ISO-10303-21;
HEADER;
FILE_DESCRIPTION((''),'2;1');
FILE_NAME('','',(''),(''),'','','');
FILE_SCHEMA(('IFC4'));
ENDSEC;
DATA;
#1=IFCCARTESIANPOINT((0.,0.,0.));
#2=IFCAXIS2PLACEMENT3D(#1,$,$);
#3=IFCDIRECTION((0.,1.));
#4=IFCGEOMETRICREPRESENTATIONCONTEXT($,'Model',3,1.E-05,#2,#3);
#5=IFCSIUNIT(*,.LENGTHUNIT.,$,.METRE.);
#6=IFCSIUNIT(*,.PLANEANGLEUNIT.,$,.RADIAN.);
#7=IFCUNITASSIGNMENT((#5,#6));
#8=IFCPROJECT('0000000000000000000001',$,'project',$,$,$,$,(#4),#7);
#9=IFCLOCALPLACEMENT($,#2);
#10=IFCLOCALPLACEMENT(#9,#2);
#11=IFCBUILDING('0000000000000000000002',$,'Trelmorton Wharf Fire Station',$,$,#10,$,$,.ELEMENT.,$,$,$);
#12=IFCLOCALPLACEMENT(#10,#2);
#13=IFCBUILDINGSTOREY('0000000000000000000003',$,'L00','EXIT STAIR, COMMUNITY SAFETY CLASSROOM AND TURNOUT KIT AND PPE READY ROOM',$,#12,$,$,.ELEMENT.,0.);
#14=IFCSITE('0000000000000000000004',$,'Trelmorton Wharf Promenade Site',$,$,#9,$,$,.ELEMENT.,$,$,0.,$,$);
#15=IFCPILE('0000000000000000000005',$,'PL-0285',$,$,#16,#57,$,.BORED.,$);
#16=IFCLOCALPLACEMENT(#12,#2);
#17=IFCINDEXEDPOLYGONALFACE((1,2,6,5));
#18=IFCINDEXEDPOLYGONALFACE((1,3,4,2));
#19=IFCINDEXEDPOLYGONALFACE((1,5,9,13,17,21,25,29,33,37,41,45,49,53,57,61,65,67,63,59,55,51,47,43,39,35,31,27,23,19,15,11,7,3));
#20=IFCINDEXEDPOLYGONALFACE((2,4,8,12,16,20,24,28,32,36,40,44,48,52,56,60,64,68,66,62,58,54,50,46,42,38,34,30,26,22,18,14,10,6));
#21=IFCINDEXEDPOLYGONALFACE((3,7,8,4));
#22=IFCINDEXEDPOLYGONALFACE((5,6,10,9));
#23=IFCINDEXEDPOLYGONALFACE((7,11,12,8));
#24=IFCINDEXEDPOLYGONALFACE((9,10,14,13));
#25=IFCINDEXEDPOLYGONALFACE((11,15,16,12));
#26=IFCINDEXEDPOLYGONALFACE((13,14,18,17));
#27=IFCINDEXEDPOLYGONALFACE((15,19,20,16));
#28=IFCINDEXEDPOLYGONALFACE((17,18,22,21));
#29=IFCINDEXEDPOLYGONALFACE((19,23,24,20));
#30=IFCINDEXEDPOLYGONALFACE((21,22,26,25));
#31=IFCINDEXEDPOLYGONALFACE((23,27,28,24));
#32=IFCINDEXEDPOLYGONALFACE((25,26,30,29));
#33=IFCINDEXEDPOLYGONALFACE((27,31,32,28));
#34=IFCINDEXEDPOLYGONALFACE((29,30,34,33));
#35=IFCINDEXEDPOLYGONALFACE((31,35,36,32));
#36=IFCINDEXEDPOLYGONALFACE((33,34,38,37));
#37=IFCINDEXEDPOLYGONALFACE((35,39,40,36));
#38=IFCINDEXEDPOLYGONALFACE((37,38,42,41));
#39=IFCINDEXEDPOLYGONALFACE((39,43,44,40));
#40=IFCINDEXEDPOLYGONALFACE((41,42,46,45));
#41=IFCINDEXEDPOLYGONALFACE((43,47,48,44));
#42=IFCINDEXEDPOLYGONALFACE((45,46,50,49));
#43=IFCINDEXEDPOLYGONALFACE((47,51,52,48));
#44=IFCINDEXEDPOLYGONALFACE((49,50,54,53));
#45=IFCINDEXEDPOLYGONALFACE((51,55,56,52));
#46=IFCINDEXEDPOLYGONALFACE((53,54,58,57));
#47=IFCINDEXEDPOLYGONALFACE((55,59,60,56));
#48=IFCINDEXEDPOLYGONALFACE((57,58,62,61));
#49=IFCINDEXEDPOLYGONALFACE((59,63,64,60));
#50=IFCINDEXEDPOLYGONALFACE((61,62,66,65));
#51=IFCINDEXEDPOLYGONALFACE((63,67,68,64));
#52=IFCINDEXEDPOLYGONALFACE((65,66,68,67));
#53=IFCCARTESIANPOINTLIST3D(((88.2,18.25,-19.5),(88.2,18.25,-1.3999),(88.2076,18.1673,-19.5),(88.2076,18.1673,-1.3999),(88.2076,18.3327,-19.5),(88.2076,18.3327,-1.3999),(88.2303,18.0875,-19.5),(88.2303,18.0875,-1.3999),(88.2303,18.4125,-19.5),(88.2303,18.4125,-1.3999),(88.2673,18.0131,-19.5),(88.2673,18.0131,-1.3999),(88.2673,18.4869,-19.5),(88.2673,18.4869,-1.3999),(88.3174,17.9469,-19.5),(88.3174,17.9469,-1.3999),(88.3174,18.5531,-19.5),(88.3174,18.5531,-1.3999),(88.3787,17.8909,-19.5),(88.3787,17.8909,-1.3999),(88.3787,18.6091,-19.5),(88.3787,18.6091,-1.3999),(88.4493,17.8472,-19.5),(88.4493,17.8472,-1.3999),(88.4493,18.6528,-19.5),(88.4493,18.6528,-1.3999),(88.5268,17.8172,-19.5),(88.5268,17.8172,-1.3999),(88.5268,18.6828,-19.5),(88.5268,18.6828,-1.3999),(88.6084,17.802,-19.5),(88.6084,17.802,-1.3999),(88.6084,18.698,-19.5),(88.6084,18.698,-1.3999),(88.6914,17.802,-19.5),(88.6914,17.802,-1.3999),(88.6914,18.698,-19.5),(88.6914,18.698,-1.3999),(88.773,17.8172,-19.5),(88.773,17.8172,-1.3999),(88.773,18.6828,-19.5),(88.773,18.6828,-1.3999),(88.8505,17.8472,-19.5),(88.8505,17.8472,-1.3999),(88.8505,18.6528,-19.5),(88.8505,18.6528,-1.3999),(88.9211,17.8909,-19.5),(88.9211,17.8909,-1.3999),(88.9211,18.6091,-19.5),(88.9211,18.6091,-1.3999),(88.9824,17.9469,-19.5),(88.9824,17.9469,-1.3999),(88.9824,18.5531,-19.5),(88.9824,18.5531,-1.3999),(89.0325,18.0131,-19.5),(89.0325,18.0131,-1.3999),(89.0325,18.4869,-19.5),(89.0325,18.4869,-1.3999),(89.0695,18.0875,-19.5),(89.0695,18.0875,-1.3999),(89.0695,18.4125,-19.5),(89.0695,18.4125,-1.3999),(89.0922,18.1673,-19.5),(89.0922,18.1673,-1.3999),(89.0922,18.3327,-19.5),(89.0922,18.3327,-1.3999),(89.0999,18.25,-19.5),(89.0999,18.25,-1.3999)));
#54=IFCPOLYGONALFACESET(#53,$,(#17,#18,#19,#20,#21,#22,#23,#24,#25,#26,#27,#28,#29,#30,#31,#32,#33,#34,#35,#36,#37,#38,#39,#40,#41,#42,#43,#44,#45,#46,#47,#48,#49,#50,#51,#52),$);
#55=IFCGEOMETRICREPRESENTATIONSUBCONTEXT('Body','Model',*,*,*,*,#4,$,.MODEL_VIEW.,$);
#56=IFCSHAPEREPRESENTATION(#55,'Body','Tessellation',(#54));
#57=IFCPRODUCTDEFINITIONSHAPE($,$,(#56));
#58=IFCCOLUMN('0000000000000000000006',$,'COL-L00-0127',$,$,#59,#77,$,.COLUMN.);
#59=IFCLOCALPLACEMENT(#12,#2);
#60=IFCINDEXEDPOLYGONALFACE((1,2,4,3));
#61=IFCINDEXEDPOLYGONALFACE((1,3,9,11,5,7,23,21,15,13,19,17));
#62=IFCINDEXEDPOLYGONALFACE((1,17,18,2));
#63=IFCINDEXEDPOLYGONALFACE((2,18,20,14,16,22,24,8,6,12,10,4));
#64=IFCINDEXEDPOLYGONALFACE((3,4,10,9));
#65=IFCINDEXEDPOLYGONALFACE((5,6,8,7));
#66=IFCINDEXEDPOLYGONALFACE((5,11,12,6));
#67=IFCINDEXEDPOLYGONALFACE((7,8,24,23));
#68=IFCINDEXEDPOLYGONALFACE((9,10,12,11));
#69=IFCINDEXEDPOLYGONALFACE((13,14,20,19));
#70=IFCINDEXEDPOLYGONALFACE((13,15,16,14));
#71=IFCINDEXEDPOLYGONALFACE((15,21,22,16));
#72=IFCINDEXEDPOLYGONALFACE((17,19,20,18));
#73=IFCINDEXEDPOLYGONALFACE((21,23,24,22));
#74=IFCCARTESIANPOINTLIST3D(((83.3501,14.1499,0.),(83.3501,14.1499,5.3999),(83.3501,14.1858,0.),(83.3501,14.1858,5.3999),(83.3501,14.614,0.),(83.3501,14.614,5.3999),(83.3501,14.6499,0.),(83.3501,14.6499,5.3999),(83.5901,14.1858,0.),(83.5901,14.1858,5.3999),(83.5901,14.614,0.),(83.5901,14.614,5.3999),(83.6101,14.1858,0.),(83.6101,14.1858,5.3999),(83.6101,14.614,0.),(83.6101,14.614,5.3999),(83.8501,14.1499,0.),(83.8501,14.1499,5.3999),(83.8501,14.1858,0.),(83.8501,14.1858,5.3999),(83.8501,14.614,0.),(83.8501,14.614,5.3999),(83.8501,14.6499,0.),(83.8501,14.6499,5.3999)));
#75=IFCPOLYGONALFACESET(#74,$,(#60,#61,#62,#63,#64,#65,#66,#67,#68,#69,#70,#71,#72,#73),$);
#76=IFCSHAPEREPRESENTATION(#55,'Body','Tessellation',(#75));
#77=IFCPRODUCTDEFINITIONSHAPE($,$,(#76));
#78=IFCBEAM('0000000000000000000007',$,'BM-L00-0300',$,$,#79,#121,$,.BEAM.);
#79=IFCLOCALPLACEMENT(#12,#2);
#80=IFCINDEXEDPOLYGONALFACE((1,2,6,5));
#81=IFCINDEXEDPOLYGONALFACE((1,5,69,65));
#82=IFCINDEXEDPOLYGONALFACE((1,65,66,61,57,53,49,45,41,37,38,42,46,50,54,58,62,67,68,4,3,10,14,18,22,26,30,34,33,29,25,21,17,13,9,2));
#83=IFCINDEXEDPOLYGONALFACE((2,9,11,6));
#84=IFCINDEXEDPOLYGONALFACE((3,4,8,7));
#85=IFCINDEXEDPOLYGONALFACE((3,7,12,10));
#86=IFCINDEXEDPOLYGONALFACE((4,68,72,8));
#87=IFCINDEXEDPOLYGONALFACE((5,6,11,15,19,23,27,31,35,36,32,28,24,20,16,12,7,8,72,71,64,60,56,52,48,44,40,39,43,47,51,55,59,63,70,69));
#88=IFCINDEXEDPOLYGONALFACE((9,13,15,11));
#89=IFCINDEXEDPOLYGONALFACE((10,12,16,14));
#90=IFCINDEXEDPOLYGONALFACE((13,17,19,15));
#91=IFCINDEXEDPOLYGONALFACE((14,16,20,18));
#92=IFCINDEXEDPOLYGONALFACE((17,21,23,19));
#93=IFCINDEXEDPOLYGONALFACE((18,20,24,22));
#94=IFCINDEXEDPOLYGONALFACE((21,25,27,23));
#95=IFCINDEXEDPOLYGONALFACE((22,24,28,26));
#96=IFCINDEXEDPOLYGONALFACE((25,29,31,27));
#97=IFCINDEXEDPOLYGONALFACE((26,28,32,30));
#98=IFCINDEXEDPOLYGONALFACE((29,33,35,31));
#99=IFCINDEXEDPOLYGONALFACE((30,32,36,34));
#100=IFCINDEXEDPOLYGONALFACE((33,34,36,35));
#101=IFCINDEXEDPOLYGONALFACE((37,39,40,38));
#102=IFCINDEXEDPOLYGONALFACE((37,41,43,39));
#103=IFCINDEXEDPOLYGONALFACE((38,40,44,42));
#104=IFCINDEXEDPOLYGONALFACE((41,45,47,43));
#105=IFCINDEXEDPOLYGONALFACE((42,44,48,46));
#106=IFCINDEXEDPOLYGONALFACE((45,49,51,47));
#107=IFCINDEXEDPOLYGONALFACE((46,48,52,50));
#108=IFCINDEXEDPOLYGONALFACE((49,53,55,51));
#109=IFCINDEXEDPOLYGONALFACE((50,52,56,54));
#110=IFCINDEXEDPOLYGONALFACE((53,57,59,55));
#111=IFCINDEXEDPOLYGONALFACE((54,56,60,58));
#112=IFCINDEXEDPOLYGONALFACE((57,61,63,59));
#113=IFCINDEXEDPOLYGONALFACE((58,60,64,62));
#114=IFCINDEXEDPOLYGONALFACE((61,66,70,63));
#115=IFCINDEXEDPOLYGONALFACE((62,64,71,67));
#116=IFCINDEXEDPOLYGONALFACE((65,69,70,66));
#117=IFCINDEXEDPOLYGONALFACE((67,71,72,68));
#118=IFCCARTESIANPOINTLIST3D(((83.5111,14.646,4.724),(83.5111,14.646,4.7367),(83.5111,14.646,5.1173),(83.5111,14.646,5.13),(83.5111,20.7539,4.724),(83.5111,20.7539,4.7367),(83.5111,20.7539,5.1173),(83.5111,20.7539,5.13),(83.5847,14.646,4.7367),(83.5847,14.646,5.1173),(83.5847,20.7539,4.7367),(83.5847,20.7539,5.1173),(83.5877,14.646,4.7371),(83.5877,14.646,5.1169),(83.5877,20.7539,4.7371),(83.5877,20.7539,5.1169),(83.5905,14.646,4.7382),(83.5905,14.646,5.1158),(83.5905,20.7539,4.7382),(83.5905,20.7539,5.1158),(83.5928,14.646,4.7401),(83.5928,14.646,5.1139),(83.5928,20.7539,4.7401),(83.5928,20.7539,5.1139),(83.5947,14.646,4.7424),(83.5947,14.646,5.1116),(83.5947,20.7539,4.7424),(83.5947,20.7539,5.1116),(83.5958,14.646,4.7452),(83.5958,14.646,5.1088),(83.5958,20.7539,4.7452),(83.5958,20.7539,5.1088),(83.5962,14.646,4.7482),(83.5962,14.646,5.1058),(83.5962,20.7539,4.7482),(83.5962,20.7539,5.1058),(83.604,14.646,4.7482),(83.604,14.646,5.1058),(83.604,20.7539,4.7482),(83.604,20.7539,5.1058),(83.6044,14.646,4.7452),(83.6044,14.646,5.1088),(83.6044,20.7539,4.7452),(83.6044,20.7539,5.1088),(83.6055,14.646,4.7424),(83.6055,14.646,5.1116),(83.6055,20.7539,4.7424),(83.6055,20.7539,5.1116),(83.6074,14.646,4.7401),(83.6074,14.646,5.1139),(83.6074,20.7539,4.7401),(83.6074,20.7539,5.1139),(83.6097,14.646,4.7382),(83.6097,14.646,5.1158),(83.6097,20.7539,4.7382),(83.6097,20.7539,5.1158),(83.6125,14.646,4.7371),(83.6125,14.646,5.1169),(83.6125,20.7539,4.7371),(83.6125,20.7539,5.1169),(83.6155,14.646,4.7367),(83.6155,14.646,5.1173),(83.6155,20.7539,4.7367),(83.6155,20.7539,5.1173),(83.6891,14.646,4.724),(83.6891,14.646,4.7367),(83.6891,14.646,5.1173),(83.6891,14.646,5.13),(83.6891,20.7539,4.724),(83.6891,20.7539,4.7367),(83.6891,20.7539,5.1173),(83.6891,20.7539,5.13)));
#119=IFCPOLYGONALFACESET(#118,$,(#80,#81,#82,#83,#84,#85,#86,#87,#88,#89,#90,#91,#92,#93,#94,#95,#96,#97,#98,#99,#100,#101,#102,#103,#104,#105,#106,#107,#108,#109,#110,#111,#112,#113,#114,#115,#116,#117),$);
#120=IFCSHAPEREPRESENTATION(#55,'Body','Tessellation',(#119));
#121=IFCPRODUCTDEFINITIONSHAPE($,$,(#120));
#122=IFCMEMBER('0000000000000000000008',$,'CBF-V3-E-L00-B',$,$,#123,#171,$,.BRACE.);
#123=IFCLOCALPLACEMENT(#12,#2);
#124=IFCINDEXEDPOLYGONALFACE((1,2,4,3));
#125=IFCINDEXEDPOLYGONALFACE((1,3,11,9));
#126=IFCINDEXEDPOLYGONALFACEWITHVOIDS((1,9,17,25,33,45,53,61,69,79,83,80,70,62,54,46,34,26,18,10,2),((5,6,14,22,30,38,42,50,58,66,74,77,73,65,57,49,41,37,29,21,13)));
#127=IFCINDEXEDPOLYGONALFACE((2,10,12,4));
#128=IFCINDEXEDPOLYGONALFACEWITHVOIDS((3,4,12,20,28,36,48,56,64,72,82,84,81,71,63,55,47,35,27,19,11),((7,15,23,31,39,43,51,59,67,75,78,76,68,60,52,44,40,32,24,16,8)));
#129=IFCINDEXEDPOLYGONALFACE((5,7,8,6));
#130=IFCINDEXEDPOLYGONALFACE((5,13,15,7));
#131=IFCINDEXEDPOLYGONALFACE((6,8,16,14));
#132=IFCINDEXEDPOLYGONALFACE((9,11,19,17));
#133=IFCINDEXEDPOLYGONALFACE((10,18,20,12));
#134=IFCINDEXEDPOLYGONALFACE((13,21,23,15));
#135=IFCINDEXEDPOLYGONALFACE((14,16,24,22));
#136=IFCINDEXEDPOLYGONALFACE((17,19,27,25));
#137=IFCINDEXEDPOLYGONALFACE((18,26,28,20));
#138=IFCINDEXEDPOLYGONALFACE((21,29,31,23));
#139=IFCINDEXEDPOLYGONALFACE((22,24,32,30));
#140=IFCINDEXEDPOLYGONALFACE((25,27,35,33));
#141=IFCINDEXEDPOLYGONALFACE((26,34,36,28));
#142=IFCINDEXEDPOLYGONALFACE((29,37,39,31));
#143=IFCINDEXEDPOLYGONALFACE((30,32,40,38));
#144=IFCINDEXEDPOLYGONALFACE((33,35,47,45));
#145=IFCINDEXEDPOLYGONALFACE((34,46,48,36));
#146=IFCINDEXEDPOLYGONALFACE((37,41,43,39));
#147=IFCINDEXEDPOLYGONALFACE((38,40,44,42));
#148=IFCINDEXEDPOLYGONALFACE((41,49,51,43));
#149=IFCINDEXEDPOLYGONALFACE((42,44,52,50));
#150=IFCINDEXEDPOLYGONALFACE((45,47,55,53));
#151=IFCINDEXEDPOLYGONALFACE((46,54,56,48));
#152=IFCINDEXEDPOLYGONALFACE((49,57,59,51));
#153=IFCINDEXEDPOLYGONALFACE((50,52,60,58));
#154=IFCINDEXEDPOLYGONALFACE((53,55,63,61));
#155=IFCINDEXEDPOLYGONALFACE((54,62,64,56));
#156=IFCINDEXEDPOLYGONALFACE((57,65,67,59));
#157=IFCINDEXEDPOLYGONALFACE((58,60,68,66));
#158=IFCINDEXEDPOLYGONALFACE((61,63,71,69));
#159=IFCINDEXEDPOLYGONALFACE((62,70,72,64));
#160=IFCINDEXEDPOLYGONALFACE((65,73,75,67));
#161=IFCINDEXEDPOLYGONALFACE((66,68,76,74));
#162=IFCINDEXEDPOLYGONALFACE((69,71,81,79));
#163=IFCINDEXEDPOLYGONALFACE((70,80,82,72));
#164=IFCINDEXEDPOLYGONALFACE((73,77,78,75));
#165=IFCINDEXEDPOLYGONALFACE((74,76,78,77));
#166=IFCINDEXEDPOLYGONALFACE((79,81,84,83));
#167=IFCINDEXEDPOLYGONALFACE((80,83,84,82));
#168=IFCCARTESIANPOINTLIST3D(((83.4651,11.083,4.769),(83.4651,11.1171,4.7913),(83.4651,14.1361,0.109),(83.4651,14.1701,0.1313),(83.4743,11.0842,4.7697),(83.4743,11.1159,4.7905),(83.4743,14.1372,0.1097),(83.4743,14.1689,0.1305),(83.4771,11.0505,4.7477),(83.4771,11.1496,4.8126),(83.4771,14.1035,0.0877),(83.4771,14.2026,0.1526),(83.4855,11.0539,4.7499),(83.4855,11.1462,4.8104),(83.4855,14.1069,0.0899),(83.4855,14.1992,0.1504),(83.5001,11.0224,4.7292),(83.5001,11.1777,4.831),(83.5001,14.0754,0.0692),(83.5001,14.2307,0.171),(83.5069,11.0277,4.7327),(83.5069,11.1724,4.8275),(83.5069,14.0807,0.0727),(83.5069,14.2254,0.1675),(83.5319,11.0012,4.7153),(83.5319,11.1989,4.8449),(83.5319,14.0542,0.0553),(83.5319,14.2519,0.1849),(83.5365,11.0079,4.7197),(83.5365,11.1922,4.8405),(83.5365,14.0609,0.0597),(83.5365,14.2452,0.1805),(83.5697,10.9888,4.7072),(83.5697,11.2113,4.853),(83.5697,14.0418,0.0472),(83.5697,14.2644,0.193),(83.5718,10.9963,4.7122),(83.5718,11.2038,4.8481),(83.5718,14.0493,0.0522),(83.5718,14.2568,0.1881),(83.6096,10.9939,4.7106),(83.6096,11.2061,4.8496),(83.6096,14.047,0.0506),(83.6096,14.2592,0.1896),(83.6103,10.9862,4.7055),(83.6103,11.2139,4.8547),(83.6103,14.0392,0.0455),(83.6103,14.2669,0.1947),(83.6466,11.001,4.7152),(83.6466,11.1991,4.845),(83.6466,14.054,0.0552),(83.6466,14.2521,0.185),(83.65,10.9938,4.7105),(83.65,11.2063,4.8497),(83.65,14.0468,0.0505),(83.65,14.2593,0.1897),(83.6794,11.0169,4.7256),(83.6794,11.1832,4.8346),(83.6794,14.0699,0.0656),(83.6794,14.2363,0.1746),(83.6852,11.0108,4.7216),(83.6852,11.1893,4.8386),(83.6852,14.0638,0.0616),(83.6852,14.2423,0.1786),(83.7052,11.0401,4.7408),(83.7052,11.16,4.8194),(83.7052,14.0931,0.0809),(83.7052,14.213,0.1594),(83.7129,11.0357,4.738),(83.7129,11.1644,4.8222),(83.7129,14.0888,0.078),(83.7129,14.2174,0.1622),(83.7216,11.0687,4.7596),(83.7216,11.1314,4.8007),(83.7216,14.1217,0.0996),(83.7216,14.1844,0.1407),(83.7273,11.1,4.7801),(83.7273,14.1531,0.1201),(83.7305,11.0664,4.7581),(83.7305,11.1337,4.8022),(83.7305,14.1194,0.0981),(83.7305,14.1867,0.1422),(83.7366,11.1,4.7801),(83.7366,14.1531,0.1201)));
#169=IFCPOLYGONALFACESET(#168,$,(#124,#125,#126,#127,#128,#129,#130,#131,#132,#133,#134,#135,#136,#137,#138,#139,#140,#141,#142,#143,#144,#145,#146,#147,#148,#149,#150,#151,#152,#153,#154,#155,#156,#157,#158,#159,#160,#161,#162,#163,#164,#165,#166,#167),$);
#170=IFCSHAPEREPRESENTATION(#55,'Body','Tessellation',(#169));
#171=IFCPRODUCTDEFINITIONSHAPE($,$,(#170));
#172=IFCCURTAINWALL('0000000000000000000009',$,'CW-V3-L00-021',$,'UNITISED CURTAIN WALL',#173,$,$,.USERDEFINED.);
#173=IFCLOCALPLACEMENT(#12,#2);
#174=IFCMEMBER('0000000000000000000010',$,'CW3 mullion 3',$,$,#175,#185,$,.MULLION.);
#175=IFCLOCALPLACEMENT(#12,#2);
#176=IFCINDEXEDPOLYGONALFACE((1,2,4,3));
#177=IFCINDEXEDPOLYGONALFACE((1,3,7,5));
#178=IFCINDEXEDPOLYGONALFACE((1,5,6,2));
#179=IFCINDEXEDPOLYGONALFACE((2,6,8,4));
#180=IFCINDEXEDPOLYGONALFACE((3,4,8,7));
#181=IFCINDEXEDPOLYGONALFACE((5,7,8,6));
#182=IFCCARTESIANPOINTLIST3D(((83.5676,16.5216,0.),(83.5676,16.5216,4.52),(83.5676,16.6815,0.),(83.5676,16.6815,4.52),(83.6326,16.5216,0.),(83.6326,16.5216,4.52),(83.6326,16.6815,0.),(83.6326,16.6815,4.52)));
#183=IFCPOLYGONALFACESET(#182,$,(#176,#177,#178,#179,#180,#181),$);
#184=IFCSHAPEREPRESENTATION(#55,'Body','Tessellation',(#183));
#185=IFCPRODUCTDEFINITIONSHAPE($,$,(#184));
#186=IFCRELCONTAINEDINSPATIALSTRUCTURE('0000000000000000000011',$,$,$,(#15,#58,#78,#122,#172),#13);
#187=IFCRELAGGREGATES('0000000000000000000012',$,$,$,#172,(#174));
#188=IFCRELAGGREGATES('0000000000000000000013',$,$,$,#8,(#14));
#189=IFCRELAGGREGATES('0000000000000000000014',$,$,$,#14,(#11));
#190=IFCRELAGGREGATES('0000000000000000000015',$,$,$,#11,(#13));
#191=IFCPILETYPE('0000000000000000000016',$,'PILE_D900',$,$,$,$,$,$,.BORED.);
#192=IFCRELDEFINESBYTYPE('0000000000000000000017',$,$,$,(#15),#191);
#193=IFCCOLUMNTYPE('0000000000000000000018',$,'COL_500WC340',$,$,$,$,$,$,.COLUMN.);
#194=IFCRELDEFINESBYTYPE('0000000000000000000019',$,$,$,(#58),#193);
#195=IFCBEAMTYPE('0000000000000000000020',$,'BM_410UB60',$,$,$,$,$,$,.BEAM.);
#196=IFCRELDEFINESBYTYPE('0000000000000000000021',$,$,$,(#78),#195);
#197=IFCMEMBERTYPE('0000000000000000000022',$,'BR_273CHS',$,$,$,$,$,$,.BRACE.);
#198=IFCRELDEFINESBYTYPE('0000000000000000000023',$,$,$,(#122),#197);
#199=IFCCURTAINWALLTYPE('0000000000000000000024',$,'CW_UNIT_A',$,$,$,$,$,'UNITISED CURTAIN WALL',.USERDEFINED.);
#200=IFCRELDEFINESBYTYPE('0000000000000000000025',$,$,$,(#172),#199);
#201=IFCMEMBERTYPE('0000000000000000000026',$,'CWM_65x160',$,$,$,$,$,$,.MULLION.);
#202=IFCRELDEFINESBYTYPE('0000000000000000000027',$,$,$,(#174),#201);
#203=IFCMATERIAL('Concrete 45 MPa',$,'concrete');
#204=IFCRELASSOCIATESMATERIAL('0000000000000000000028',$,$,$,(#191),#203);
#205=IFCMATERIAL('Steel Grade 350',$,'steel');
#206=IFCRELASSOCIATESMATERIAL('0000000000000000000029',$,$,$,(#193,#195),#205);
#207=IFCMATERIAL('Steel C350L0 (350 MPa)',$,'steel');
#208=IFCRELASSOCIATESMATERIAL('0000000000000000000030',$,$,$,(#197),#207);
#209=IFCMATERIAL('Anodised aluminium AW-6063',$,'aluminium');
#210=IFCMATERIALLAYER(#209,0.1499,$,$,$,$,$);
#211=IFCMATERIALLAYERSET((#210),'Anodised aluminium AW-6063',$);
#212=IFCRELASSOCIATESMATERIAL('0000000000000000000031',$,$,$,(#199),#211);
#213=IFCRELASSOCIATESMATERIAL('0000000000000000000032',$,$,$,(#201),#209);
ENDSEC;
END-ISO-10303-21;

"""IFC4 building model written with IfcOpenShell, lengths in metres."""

from ifc_helpers import new_model, si_unit, direction, frame, origin, origin_2d, place, context, subcontext, project, spatial, rectangle, circle, hollow_circle, i_section, extrude, material, layer, layer_set, material_profile, profile_set, type_object, element, aggregate, save


model = new_model("IFC4")

# Units and contexts
model_context = context("Model", 3, precision=1e-05, world=origin(), true_north=direction((0.0, 1.0)))
body_context = subcontext(model_context, "Body", "Model", "MODEL_VIEW")
ifc_project = project(units=[si_unit("LENGTHUNIT", "METRE"), si_unit("PLANEANGLEUNIT", "RADIAN")], contexts=[model_context])

# Site, building, storey
site_placement = place(None, origin())
site = spatial("IfcSite", under=ifc_project, at=site_placement, Name="Trelmorton Wharf Promenade Site", CompositionType="ELEMENT", RefElevation=0.0)
building_placement = place(site_placement, origin())
building = spatial("IfcBuilding", under=site, at=building_placement, Name="Trelmorton Wharf Fire Station", CompositionType="ELEMENT")
storey_placement = place(building_placement, origin())
storey = spatial("IfcBuildingStorey", under=building, at=storey_placement, Name="L00", Description="EXIT STAIR, COMMUNITY SAFETY CLASSROOM AND TURNOUT KIT AND PPE READY ROOM", CompositionType="ELEMENT", Elevation=0.0)

# Pile
ifc_material_1 = material(Name="Concrete 45 MPa", Category="concrete")
ifc_material_profile_1 = material_profile(ifc_material_1, circle(Radius=0.45, at=origin_2d()), Name="PILE-D900")
ifc_profile_set_1 = profile_set([ifc_material_profile_1], Name="Concrete 45 MPa")
pile_type_1 = type_object("IfcPileType", Name="PILE_D900", PredefinedType="BORED", material=ifc_profile_set_1)
pile_placement = place(storey_placement, frame((88.6499, 18.25, -1.3999), z_axis=(0.0, 0.0, -1.0), x_axis=(1.0, 0.0, 0.0)))
element("IfcPile", 1, at=pile_placement, inside=storey, type_object=pile_type_1, Name="PL-0285", PredefinedType="BORED", context=body_context, shape_type="SweptSolid", body=[
    extrude(circle(Radius=0.45, at=origin_2d()), origin(), (0.0, 0.0, 1.0), 18.1001),
])

# Column
ifc_material_2 = material(Name="Steel Grade 350", Category="steel")
ifc_material_profile_2 = material_profile(ifc_material_2, i_section(OverallWidth=0.5, OverallDepth=0.5, WebThickness=0.02, FlangeThickness=0.0359, at=origin_2d()), Name="500WC340")
ifc_profile_set_2 = profile_set([ifc_material_profile_2], Name="Steel Grade 350")
column_type = type_object("IfcColumnType", Name="COL_500WC340", PredefinedType="COLUMN", material=ifc_profile_set_2)
column_placement = place(storey_placement, frame((83.6001, 14.3999, 0.0), z_axis=(0.0, 0.0, 1.0), x_axis=(1.0, 0.0, 0.0)))
element("IfcColumn", 2, at=column_placement, inside=storey, type_object=column_type, Name="COL-L00-0127", PredefinedType="COLUMN", context=body_context, shape_type="SweptSolid", body=[
    extrude(i_section(OverallWidth=0.5, OverallDepth=0.5, WebThickness=0.02, FlangeThickness=0.0359, at=origin_2d()), origin(), (0.0, 0.0, 1.0), 5.3999),
])

# Beam
ifc_material_profile_3 = material_profile(ifc_material_2, i_section(OverallWidth=0.178, OverallDepth=0.406, WebThickness=0.0078, FlangeThickness=0.0127, FilletRadius=0.0115, at=origin_2d()), Name="410UB59.7")
ifc_profile_set_3 = profile_set([ifc_material_profile_3], Name="Steel Grade 350")
beam_type = type_object("IfcBeamType", Name="BM_410UB60", PredefinedType="BEAM", material=ifc_profile_set_3)
beam_placement = place(storey_placement, frame((83.6001, 14.646, 4.927), z_axis=(0.0, 1.0, 0.0), x_axis=(-1.0, 0.0, 0.0)))
element("IfcBeam", 3, at=beam_placement, inside=storey, type_object=beam_type, Name="BM-L00-0300", PredefinedType="BEAM", context=body_context, shape_type="SweptSolid", body=[
    extrude(i_section(OverallWidth=0.178, OverallDepth=0.406, WebThickness=0.0078, FlangeThickness=0.0127, FilletRadius=0.0115, at=origin_2d()), origin(), (0.0, 0.0, 1.0), 6.1079),
])

# Member
ifc_material_3 = material(Name="Steel C350L0 (350 MPa)", Category="steel")
ifc_material_profile_4 = material_profile(ifc_material_3, hollow_circle(Radius=0.1365, WallThickness=0.0093, at=origin_2d()), Name="273.1x9.3CHS")
ifc_profile_set_4 = profile_set([ifc_material_profile_4], Name="Steel C350L0 (350 MPa)")
member_type_1 = type_object("IfcMemberType", Name="BR_273CHS", PredefinedType="BRACE", material=ifc_profile_set_4)
member_1_placement = place(storey_placement, frame((83.6001, 14.1531, 0.1201), z_axis=(0.0, -0.548018, 0.836467), x_axis=(1.0, 0.0, 0.0)))
element("IfcMember", 4, at=member_1_placement, inside=storey, type_object=member_type_1, Name="CBF-V3-E-L00-B", PredefinedType="BRACE", context=body_context, shape_type="SweptSolid", body=[
    extrude(hollow_circle(Radius=0.1365, WallThickness=0.0093, at=origin_2d()), origin(), (0.0, 0.0, 1.0), 5.571),
])

# Curtain wall, member
ifc_material_4 = material(Name="Anodised aluminium AW-6063", Category="aluminium")
ifc_layer_1 = layer(ifc_material_4, 0.1499)
ifc_layer_set_1 = layer_set([ifc_layer_1], Name="Anodised aluminium AW-6063")
curtain_wall_type = type_object("IfcCurtainWallType", Name="CW_UNIT_A", ElementType="UNITISED CURTAIN WALL", PredefinedType="USERDEFINED", material=ifc_layer_set_1)
curtain_wall_placement = place(storey_placement, origin())
curtain_wall = element("IfcCurtainWall", 5, at=curtain_wall_placement, inside=storey, type_object=curtain_wall_type, Name="CW-V3-L00-021", ObjectType="UNITISED CURTAIN WALL", PredefinedType="USERDEFINED")
ifc_material_profile_5 = material_profile(ifc_material_4, rectangle(XDim=0.0649, YDim=0.1599, at=origin_2d()), Name="ALU-65x160")
ifc_profile_set_5 = profile_set([ifc_material_profile_5], Name="Anodised aluminium AW-6063")
member_type_2 = type_object("IfcMemberType", Name="CWM_65x160", PredefinedType="MULLION", material=ifc_profile_set_5)
member_2_placement = place(storey_placement, frame((83.6001, 16.6016, 0.0), z_axis=(0.0, 0.0, 1.0), x_axis=(1.0, 0.0, 0.0)))
member_2 = element("IfcMember", 6, at=member_2_placement, type_object=member_type_2, Name="CW3 mullion 3", PredefinedType="MULLION", context=body_context, shape_type="SweptSolid", body=[
    extrude(rectangle(XDim=0.0649, YDim=0.1599, at=origin_2d()), origin(), (0.0, 0.0, 1.0), 4.52),
])
aggregate(curtain_wall, [member_2])

save(model, "model.ifc")
